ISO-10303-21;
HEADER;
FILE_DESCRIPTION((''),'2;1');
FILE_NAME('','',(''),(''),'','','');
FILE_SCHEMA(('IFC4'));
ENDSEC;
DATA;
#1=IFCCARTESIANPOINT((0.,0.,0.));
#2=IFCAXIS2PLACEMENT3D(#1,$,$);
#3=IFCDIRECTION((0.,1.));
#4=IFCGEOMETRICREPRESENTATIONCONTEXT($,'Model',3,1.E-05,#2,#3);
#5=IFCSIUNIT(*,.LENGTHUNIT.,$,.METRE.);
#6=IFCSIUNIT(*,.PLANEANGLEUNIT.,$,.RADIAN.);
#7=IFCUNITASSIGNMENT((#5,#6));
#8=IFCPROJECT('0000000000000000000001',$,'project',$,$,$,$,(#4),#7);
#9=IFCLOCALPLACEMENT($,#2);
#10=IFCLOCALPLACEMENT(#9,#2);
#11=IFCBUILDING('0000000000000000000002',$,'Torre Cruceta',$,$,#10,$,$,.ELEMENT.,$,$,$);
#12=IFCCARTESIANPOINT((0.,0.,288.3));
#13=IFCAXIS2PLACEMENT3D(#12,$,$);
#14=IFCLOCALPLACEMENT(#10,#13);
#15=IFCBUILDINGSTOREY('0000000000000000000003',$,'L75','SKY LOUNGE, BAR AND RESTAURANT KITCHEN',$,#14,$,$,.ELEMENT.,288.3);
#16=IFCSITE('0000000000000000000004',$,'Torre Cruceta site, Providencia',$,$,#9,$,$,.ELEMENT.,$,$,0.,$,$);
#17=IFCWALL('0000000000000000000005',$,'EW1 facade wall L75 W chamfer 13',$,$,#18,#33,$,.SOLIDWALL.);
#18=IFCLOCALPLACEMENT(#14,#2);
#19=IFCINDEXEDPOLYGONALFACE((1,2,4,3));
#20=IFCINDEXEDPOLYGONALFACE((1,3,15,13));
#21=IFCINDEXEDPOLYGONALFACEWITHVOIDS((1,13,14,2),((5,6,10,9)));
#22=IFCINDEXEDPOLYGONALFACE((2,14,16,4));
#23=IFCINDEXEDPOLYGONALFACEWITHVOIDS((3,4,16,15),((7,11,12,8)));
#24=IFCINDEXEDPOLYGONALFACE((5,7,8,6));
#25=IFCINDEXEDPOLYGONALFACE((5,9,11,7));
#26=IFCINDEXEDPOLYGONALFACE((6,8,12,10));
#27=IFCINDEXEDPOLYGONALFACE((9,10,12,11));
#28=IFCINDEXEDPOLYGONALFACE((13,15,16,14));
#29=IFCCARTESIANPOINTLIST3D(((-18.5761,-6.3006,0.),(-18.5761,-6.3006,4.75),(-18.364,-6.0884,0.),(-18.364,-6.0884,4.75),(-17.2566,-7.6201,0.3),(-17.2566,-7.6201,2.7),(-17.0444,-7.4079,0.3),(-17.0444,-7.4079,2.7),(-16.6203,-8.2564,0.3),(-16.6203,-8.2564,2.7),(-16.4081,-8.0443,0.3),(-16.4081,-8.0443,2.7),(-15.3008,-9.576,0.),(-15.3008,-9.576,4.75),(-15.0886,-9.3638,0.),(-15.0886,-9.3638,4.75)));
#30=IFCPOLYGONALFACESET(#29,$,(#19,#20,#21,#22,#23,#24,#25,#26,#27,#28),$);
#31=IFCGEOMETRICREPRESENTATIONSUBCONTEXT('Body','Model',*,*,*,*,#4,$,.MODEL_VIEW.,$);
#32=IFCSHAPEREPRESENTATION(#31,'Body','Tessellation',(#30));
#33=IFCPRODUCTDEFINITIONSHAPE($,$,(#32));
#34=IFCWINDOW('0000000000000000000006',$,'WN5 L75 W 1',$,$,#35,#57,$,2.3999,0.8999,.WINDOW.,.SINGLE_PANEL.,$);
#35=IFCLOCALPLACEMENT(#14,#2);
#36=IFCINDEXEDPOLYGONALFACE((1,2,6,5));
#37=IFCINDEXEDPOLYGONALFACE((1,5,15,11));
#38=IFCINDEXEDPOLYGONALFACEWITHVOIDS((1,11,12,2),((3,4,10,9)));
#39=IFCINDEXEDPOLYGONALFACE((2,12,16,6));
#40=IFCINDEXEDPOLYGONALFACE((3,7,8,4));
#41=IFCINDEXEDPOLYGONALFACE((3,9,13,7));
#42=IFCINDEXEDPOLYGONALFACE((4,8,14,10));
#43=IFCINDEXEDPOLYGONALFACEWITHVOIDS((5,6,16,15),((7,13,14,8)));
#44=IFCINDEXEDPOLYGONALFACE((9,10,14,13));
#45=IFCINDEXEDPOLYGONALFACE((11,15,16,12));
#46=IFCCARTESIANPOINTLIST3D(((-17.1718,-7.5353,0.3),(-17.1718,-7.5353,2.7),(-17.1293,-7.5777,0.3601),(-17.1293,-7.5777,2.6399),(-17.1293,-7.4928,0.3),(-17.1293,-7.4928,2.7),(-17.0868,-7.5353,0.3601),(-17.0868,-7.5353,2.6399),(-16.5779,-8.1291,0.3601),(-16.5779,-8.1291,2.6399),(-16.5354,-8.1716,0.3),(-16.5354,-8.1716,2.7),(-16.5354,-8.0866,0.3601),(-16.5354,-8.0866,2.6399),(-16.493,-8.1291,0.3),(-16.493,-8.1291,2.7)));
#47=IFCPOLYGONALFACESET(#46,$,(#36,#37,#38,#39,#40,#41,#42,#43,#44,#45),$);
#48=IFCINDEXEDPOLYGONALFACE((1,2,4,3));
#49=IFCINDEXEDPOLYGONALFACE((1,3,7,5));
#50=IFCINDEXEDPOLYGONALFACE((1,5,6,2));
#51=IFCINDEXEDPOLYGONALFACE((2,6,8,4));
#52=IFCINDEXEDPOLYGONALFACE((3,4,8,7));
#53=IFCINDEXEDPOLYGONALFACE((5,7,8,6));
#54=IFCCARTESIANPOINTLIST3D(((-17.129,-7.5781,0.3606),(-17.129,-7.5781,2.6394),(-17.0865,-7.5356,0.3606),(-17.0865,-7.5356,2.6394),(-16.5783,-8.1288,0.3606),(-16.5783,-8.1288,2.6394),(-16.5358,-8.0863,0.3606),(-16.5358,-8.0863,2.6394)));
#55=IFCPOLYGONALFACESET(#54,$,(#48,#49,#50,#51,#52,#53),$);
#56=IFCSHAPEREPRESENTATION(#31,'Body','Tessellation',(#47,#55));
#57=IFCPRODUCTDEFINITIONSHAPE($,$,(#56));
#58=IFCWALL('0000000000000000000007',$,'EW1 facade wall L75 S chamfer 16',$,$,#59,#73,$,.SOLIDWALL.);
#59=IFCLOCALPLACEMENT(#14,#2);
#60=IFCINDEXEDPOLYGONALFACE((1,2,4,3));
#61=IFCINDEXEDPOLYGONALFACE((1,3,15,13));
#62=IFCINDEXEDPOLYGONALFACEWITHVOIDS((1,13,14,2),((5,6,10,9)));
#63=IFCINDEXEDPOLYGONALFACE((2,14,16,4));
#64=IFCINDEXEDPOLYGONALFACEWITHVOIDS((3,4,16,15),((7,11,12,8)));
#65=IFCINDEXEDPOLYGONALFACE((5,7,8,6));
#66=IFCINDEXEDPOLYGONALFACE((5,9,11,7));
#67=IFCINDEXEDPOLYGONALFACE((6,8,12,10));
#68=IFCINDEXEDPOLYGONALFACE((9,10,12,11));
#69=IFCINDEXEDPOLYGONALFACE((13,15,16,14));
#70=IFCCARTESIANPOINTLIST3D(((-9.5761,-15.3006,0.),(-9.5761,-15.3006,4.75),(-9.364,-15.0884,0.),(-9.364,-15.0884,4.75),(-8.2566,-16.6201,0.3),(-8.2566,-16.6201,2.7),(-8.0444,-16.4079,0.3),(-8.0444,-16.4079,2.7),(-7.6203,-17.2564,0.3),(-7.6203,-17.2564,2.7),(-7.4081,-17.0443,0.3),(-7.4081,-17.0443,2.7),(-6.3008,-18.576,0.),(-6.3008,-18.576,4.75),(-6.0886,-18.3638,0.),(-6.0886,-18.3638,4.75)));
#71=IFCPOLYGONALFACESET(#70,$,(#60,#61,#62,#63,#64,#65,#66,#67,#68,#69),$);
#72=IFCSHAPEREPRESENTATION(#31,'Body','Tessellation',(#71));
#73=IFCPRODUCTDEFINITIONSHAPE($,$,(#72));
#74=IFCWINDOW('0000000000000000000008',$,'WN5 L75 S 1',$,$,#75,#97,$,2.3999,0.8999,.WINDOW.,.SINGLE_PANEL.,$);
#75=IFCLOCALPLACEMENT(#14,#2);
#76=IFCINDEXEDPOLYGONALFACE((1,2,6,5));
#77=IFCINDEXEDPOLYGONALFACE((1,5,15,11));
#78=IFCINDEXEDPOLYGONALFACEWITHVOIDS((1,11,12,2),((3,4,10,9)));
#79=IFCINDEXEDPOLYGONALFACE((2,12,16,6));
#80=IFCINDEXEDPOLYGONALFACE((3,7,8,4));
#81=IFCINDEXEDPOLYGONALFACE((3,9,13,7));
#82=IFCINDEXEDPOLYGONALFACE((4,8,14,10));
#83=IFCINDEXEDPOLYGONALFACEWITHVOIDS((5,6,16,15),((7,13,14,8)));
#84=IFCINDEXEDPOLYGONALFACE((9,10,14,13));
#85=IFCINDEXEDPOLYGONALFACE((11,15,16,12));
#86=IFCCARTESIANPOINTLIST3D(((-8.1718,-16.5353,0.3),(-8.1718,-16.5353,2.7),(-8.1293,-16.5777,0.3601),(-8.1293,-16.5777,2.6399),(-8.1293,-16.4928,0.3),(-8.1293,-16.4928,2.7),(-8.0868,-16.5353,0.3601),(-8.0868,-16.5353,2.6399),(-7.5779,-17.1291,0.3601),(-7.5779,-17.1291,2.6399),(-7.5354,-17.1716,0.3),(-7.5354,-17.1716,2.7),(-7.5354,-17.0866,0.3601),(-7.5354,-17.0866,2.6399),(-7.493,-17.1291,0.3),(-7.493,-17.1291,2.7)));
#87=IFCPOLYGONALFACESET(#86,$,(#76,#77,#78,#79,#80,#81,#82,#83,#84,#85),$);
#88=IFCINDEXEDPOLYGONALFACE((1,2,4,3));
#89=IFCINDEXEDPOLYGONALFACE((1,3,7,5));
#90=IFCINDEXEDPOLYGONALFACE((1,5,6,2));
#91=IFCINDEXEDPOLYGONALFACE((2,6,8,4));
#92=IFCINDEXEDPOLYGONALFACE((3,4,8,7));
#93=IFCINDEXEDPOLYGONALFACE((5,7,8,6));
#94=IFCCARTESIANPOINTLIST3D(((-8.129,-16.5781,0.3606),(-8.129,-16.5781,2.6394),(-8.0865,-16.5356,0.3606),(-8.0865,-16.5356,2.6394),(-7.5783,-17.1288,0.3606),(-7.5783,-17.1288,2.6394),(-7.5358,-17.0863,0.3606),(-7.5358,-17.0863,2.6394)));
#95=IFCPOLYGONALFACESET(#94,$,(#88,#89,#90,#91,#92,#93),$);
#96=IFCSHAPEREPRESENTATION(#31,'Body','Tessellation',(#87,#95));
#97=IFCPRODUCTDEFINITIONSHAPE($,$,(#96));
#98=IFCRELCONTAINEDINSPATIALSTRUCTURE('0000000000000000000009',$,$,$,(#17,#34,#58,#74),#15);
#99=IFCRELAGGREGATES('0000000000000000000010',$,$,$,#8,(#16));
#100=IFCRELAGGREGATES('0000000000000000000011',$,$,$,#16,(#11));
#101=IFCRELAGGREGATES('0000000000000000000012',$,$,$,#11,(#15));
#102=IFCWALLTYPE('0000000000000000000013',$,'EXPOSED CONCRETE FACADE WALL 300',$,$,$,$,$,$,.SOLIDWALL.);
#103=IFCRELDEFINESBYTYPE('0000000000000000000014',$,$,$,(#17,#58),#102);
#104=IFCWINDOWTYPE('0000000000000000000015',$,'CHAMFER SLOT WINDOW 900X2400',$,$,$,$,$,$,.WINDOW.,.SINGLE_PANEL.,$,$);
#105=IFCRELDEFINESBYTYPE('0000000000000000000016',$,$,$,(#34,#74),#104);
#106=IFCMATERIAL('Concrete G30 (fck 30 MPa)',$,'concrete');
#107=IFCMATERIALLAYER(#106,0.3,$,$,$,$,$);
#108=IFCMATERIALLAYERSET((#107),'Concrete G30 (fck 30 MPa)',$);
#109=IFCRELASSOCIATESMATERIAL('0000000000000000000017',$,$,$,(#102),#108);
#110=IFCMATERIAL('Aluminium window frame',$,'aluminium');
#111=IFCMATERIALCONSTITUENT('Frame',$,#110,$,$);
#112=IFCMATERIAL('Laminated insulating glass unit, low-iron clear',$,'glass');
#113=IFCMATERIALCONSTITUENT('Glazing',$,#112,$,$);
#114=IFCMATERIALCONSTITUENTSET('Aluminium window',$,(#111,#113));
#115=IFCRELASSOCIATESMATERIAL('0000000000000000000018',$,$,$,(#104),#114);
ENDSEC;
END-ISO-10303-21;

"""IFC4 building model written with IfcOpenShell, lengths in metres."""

from ifc_helpers import new_model, si_unit, direction, frame, frame_2d, origin, place, context, subcontext, project, spatial, rectangle, hollow_rectangle, extrude, material, layer, layer_set, constituent, constituent_set, type_object, element, fill, save


model = new_model("IFC4")

# Units and contexts
model_context = context("Model", 3, precision=1e-05, world=origin(), true_north=direction((0.0, 1.0)))
body_context = subcontext(model_context, "Body", "Model", "MODEL_VIEW")
ifc_project = project(units=[si_unit("LENGTHUNIT", "METRE"), si_unit("PLANEANGLEUNIT", "RADIAN")], contexts=[model_context])

# Site, building, storey
site_placement = place(None, origin())
site = spatial("IfcSite", under=ifc_project, at=site_placement, Name="Torre Cruceta site, Providencia", CompositionType="ELEMENT", RefElevation=0.0)
building_placement = place(site_placement, origin())
building = spatial("IfcBuilding", under=site, at=building_placement, Name="Torre Cruceta", CompositionType="ELEMENT")
storey_placement = place(building_placement, frame((0.0, 0.0, 288.3)))
storey = spatial("IfcBuildingStorey", under=building, at=storey_placement, Name="L75", Description="SKY LOUNGE, BAR AND RESTAURANT KITCHEN", CompositionType="ELEMENT", Elevation=288.3)

# Walls, openings, windows
ifc_material_1 = material(Name="Concrete G30 (fck 30 MPa)", Category="concrete")
ifc_layer_1 = layer(ifc_material_1, 0.3)
ifc_layer_set_1 = layer_set([ifc_layer_1], Name="Concrete G30 (fck 30 MPa)")
wall_type = type_object("IfcWallType", Name="EXPOSED CONCRETE FACADE WALL 300", PredefinedType="SOLIDWALL", material=ifc_layer_set_1)
wall_1_placement = place(storey_placement, frame((-18.47, -6.1946, 0.0), z_axis=(0.0, 0.0, 1.0), x_axis=(0.707107, -0.707107, 0.0)))
wall_1 = element("IfcWall", 1, at=wall_1_placement, inside=storey, type_object=wall_type, Name="EW1 facade wall L75 W chamfer 13", PredefinedType="SOLIDWALL", context=body_context, shape_type="SweptSolid", body=[
    extrude(rectangle(XDim=4.6321, YDim=0.3, at=frame_2d((2.3159, 0.0))), origin(), (0.0, 0.0, 1.0), 4.75),
])
opening_1_placement = place(wall_1_placement, frame((1.866, 0.0, 0.3)))
opening_1 = element("IfcOpeningElement", 2, at=opening_1_placement, cuts=wall_1, PredefinedType="OPENING", context=body_context, shape_type="SweptSolid", body=[
    extrude(rectangle(XDim=0.8999, YDim=2.3999, at=frame_2d((0.45, 1.2))), frame((0.0, 0.1599, 0.0), z_axis=(0.0, -1.0, 0.0), x_axis=(1.0, 0.0, 0.0)), (0.0, 0.0, 1.0), 0.3201),
])
ifc_material_2 = material(Name="Aluminium window frame", Category="aluminium")
ifc_constituent_1 = constituent(ifc_material_2, Name="Frame")
ifc_material_3 = material(Name="Laminated insulating glass unit, low-iron clear", Category="glass")
ifc_constituent_2 = constituent(ifc_material_3, Name="Glazing")
ifc_constituent_set = constituent_set(constituents=[ifc_constituent_1, ifc_constituent_2], Name="Aluminium window")
window_type = type_object("IfcWindowType", Name="CHAMFER SLOT WINDOW 900X2400", PartitioningType="SINGLE_PANEL", PredefinedType="WINDOW", material=ifc_constituent_set)
window_1_placement = place(opening_1_placement, origin())
window_1 = element("IfcWindow", 3, at=window_1_placement, inside=storey, type_object=window_type, Name="WN5 L75 W 1", OverallHeight=2.3999, OverallWidth=0.8999, PartitioningType="SINGLE_PANEL", PredefinedType="WINDOW", context=body_context, shape_type="SweptSolid", body=[
    extrude(hollow_rectangle(XDim=0.8999, YDim=2.3999, WallThickness=0.0601, at=frame_2d((0.45, 1.2))), frame((0.0, 0.03, 0.0), z_axis=(0.0, -1.0, 0.0), x_axis=(1.0, 0.0, 0.0)), (0.0, 0.0, 1.0), 0.0601),
    extrude(rectangle(XDim=0.7788, YDim=2.2788, at=frame_2d((0.45, 1.2))), frame((0.0, 0.03, 0.0), z_axis=(0.0, -1.0, 0.0), x_axis=(1.0, 0.0, 0.0)), (0.0, 0.0, 1.0), 0.0601),
])
fill(opening_1, window_1)
wall_2_placement = place(storey_placement, frame((-9.47, -15.1946, 0.0), z_axis=(0.0, 0.0, 1.0), x_axis=(0.707107, -0.707107, 0.0)))
wall_2 = element("IfcWall", 4, at=wall_2_placement, inside=storey, type_object=wall_type, Name="EW1 facade wall L75 S chamfer 16", PredefinedType="SOLIDWALL", context=body_context, shape_type="SweptSolid", body=[
    extrude(rectangle(XDim=4.6321, YDim=0.3, at=frame_2d((2.3159, 0.0))), origin(), (0.0, 0.0, 1.0), 4.75),
])
opening_2_placement = place(wall_2_placement, frame((1.866, 0.0, 0.3)))
opening_2 = element("IfcOpeningElement", 5, at=opening_2_placement, cuts=wall_2, PredefinedType="OPENING", context=body_context, shape_type="SweptSolid", body=[
    extrude(rectangle(XDim=0.8999, YDim=2.3999, at=frame_2d((0.45, 1.2))), frame((0.0, 0.1599, 0.0), z_axis=(0.0, -1.0, 0.0), x_axis=(1.0, 0.0, 0.0)), (0.0, 0.0, 1.0), 0.3201),
])
window_2_placement = place(opening_2_placement, origin())
window_2 = element("IfcWindow", 6, at=window_2_placement, inside=storey, type_object=window_type, Name="WN5 L75 S 1", OverallHeight=2.3999, OverallWidth=0.8999, PartitioningType="SINGLE_PANEL", PredefinedType="WINDOW", context=body_context, shape_type="SweptSolid", body=[
    extrude(hollow_rectangle(XDim=0.8999, YDim=2.3999, WallThickness=0.0601, at=frame_2d((0.45, 1.2))), frame((0.0, 0.03, 0.0), z_axis=(0.0, -1.0, 0.0), x_axis=(1.0, 0.0, 0.0)), (0.0, 0.0, 1.0), 0.0601),
    extrude(rectangle(XDim=0.7788, YDim=2.2788, at=frame_2d((0.45, 1.2))), frame((0.0, 0.03, 0.0), z_axis=(0.0, -1.0, 0.0), x_axis=(1.0, 0.0, 0.0)), (0.0, 0.0, 1.0), 0.0601),
])
fill(opening_2, window_2)

save(model, "model.ifc")
